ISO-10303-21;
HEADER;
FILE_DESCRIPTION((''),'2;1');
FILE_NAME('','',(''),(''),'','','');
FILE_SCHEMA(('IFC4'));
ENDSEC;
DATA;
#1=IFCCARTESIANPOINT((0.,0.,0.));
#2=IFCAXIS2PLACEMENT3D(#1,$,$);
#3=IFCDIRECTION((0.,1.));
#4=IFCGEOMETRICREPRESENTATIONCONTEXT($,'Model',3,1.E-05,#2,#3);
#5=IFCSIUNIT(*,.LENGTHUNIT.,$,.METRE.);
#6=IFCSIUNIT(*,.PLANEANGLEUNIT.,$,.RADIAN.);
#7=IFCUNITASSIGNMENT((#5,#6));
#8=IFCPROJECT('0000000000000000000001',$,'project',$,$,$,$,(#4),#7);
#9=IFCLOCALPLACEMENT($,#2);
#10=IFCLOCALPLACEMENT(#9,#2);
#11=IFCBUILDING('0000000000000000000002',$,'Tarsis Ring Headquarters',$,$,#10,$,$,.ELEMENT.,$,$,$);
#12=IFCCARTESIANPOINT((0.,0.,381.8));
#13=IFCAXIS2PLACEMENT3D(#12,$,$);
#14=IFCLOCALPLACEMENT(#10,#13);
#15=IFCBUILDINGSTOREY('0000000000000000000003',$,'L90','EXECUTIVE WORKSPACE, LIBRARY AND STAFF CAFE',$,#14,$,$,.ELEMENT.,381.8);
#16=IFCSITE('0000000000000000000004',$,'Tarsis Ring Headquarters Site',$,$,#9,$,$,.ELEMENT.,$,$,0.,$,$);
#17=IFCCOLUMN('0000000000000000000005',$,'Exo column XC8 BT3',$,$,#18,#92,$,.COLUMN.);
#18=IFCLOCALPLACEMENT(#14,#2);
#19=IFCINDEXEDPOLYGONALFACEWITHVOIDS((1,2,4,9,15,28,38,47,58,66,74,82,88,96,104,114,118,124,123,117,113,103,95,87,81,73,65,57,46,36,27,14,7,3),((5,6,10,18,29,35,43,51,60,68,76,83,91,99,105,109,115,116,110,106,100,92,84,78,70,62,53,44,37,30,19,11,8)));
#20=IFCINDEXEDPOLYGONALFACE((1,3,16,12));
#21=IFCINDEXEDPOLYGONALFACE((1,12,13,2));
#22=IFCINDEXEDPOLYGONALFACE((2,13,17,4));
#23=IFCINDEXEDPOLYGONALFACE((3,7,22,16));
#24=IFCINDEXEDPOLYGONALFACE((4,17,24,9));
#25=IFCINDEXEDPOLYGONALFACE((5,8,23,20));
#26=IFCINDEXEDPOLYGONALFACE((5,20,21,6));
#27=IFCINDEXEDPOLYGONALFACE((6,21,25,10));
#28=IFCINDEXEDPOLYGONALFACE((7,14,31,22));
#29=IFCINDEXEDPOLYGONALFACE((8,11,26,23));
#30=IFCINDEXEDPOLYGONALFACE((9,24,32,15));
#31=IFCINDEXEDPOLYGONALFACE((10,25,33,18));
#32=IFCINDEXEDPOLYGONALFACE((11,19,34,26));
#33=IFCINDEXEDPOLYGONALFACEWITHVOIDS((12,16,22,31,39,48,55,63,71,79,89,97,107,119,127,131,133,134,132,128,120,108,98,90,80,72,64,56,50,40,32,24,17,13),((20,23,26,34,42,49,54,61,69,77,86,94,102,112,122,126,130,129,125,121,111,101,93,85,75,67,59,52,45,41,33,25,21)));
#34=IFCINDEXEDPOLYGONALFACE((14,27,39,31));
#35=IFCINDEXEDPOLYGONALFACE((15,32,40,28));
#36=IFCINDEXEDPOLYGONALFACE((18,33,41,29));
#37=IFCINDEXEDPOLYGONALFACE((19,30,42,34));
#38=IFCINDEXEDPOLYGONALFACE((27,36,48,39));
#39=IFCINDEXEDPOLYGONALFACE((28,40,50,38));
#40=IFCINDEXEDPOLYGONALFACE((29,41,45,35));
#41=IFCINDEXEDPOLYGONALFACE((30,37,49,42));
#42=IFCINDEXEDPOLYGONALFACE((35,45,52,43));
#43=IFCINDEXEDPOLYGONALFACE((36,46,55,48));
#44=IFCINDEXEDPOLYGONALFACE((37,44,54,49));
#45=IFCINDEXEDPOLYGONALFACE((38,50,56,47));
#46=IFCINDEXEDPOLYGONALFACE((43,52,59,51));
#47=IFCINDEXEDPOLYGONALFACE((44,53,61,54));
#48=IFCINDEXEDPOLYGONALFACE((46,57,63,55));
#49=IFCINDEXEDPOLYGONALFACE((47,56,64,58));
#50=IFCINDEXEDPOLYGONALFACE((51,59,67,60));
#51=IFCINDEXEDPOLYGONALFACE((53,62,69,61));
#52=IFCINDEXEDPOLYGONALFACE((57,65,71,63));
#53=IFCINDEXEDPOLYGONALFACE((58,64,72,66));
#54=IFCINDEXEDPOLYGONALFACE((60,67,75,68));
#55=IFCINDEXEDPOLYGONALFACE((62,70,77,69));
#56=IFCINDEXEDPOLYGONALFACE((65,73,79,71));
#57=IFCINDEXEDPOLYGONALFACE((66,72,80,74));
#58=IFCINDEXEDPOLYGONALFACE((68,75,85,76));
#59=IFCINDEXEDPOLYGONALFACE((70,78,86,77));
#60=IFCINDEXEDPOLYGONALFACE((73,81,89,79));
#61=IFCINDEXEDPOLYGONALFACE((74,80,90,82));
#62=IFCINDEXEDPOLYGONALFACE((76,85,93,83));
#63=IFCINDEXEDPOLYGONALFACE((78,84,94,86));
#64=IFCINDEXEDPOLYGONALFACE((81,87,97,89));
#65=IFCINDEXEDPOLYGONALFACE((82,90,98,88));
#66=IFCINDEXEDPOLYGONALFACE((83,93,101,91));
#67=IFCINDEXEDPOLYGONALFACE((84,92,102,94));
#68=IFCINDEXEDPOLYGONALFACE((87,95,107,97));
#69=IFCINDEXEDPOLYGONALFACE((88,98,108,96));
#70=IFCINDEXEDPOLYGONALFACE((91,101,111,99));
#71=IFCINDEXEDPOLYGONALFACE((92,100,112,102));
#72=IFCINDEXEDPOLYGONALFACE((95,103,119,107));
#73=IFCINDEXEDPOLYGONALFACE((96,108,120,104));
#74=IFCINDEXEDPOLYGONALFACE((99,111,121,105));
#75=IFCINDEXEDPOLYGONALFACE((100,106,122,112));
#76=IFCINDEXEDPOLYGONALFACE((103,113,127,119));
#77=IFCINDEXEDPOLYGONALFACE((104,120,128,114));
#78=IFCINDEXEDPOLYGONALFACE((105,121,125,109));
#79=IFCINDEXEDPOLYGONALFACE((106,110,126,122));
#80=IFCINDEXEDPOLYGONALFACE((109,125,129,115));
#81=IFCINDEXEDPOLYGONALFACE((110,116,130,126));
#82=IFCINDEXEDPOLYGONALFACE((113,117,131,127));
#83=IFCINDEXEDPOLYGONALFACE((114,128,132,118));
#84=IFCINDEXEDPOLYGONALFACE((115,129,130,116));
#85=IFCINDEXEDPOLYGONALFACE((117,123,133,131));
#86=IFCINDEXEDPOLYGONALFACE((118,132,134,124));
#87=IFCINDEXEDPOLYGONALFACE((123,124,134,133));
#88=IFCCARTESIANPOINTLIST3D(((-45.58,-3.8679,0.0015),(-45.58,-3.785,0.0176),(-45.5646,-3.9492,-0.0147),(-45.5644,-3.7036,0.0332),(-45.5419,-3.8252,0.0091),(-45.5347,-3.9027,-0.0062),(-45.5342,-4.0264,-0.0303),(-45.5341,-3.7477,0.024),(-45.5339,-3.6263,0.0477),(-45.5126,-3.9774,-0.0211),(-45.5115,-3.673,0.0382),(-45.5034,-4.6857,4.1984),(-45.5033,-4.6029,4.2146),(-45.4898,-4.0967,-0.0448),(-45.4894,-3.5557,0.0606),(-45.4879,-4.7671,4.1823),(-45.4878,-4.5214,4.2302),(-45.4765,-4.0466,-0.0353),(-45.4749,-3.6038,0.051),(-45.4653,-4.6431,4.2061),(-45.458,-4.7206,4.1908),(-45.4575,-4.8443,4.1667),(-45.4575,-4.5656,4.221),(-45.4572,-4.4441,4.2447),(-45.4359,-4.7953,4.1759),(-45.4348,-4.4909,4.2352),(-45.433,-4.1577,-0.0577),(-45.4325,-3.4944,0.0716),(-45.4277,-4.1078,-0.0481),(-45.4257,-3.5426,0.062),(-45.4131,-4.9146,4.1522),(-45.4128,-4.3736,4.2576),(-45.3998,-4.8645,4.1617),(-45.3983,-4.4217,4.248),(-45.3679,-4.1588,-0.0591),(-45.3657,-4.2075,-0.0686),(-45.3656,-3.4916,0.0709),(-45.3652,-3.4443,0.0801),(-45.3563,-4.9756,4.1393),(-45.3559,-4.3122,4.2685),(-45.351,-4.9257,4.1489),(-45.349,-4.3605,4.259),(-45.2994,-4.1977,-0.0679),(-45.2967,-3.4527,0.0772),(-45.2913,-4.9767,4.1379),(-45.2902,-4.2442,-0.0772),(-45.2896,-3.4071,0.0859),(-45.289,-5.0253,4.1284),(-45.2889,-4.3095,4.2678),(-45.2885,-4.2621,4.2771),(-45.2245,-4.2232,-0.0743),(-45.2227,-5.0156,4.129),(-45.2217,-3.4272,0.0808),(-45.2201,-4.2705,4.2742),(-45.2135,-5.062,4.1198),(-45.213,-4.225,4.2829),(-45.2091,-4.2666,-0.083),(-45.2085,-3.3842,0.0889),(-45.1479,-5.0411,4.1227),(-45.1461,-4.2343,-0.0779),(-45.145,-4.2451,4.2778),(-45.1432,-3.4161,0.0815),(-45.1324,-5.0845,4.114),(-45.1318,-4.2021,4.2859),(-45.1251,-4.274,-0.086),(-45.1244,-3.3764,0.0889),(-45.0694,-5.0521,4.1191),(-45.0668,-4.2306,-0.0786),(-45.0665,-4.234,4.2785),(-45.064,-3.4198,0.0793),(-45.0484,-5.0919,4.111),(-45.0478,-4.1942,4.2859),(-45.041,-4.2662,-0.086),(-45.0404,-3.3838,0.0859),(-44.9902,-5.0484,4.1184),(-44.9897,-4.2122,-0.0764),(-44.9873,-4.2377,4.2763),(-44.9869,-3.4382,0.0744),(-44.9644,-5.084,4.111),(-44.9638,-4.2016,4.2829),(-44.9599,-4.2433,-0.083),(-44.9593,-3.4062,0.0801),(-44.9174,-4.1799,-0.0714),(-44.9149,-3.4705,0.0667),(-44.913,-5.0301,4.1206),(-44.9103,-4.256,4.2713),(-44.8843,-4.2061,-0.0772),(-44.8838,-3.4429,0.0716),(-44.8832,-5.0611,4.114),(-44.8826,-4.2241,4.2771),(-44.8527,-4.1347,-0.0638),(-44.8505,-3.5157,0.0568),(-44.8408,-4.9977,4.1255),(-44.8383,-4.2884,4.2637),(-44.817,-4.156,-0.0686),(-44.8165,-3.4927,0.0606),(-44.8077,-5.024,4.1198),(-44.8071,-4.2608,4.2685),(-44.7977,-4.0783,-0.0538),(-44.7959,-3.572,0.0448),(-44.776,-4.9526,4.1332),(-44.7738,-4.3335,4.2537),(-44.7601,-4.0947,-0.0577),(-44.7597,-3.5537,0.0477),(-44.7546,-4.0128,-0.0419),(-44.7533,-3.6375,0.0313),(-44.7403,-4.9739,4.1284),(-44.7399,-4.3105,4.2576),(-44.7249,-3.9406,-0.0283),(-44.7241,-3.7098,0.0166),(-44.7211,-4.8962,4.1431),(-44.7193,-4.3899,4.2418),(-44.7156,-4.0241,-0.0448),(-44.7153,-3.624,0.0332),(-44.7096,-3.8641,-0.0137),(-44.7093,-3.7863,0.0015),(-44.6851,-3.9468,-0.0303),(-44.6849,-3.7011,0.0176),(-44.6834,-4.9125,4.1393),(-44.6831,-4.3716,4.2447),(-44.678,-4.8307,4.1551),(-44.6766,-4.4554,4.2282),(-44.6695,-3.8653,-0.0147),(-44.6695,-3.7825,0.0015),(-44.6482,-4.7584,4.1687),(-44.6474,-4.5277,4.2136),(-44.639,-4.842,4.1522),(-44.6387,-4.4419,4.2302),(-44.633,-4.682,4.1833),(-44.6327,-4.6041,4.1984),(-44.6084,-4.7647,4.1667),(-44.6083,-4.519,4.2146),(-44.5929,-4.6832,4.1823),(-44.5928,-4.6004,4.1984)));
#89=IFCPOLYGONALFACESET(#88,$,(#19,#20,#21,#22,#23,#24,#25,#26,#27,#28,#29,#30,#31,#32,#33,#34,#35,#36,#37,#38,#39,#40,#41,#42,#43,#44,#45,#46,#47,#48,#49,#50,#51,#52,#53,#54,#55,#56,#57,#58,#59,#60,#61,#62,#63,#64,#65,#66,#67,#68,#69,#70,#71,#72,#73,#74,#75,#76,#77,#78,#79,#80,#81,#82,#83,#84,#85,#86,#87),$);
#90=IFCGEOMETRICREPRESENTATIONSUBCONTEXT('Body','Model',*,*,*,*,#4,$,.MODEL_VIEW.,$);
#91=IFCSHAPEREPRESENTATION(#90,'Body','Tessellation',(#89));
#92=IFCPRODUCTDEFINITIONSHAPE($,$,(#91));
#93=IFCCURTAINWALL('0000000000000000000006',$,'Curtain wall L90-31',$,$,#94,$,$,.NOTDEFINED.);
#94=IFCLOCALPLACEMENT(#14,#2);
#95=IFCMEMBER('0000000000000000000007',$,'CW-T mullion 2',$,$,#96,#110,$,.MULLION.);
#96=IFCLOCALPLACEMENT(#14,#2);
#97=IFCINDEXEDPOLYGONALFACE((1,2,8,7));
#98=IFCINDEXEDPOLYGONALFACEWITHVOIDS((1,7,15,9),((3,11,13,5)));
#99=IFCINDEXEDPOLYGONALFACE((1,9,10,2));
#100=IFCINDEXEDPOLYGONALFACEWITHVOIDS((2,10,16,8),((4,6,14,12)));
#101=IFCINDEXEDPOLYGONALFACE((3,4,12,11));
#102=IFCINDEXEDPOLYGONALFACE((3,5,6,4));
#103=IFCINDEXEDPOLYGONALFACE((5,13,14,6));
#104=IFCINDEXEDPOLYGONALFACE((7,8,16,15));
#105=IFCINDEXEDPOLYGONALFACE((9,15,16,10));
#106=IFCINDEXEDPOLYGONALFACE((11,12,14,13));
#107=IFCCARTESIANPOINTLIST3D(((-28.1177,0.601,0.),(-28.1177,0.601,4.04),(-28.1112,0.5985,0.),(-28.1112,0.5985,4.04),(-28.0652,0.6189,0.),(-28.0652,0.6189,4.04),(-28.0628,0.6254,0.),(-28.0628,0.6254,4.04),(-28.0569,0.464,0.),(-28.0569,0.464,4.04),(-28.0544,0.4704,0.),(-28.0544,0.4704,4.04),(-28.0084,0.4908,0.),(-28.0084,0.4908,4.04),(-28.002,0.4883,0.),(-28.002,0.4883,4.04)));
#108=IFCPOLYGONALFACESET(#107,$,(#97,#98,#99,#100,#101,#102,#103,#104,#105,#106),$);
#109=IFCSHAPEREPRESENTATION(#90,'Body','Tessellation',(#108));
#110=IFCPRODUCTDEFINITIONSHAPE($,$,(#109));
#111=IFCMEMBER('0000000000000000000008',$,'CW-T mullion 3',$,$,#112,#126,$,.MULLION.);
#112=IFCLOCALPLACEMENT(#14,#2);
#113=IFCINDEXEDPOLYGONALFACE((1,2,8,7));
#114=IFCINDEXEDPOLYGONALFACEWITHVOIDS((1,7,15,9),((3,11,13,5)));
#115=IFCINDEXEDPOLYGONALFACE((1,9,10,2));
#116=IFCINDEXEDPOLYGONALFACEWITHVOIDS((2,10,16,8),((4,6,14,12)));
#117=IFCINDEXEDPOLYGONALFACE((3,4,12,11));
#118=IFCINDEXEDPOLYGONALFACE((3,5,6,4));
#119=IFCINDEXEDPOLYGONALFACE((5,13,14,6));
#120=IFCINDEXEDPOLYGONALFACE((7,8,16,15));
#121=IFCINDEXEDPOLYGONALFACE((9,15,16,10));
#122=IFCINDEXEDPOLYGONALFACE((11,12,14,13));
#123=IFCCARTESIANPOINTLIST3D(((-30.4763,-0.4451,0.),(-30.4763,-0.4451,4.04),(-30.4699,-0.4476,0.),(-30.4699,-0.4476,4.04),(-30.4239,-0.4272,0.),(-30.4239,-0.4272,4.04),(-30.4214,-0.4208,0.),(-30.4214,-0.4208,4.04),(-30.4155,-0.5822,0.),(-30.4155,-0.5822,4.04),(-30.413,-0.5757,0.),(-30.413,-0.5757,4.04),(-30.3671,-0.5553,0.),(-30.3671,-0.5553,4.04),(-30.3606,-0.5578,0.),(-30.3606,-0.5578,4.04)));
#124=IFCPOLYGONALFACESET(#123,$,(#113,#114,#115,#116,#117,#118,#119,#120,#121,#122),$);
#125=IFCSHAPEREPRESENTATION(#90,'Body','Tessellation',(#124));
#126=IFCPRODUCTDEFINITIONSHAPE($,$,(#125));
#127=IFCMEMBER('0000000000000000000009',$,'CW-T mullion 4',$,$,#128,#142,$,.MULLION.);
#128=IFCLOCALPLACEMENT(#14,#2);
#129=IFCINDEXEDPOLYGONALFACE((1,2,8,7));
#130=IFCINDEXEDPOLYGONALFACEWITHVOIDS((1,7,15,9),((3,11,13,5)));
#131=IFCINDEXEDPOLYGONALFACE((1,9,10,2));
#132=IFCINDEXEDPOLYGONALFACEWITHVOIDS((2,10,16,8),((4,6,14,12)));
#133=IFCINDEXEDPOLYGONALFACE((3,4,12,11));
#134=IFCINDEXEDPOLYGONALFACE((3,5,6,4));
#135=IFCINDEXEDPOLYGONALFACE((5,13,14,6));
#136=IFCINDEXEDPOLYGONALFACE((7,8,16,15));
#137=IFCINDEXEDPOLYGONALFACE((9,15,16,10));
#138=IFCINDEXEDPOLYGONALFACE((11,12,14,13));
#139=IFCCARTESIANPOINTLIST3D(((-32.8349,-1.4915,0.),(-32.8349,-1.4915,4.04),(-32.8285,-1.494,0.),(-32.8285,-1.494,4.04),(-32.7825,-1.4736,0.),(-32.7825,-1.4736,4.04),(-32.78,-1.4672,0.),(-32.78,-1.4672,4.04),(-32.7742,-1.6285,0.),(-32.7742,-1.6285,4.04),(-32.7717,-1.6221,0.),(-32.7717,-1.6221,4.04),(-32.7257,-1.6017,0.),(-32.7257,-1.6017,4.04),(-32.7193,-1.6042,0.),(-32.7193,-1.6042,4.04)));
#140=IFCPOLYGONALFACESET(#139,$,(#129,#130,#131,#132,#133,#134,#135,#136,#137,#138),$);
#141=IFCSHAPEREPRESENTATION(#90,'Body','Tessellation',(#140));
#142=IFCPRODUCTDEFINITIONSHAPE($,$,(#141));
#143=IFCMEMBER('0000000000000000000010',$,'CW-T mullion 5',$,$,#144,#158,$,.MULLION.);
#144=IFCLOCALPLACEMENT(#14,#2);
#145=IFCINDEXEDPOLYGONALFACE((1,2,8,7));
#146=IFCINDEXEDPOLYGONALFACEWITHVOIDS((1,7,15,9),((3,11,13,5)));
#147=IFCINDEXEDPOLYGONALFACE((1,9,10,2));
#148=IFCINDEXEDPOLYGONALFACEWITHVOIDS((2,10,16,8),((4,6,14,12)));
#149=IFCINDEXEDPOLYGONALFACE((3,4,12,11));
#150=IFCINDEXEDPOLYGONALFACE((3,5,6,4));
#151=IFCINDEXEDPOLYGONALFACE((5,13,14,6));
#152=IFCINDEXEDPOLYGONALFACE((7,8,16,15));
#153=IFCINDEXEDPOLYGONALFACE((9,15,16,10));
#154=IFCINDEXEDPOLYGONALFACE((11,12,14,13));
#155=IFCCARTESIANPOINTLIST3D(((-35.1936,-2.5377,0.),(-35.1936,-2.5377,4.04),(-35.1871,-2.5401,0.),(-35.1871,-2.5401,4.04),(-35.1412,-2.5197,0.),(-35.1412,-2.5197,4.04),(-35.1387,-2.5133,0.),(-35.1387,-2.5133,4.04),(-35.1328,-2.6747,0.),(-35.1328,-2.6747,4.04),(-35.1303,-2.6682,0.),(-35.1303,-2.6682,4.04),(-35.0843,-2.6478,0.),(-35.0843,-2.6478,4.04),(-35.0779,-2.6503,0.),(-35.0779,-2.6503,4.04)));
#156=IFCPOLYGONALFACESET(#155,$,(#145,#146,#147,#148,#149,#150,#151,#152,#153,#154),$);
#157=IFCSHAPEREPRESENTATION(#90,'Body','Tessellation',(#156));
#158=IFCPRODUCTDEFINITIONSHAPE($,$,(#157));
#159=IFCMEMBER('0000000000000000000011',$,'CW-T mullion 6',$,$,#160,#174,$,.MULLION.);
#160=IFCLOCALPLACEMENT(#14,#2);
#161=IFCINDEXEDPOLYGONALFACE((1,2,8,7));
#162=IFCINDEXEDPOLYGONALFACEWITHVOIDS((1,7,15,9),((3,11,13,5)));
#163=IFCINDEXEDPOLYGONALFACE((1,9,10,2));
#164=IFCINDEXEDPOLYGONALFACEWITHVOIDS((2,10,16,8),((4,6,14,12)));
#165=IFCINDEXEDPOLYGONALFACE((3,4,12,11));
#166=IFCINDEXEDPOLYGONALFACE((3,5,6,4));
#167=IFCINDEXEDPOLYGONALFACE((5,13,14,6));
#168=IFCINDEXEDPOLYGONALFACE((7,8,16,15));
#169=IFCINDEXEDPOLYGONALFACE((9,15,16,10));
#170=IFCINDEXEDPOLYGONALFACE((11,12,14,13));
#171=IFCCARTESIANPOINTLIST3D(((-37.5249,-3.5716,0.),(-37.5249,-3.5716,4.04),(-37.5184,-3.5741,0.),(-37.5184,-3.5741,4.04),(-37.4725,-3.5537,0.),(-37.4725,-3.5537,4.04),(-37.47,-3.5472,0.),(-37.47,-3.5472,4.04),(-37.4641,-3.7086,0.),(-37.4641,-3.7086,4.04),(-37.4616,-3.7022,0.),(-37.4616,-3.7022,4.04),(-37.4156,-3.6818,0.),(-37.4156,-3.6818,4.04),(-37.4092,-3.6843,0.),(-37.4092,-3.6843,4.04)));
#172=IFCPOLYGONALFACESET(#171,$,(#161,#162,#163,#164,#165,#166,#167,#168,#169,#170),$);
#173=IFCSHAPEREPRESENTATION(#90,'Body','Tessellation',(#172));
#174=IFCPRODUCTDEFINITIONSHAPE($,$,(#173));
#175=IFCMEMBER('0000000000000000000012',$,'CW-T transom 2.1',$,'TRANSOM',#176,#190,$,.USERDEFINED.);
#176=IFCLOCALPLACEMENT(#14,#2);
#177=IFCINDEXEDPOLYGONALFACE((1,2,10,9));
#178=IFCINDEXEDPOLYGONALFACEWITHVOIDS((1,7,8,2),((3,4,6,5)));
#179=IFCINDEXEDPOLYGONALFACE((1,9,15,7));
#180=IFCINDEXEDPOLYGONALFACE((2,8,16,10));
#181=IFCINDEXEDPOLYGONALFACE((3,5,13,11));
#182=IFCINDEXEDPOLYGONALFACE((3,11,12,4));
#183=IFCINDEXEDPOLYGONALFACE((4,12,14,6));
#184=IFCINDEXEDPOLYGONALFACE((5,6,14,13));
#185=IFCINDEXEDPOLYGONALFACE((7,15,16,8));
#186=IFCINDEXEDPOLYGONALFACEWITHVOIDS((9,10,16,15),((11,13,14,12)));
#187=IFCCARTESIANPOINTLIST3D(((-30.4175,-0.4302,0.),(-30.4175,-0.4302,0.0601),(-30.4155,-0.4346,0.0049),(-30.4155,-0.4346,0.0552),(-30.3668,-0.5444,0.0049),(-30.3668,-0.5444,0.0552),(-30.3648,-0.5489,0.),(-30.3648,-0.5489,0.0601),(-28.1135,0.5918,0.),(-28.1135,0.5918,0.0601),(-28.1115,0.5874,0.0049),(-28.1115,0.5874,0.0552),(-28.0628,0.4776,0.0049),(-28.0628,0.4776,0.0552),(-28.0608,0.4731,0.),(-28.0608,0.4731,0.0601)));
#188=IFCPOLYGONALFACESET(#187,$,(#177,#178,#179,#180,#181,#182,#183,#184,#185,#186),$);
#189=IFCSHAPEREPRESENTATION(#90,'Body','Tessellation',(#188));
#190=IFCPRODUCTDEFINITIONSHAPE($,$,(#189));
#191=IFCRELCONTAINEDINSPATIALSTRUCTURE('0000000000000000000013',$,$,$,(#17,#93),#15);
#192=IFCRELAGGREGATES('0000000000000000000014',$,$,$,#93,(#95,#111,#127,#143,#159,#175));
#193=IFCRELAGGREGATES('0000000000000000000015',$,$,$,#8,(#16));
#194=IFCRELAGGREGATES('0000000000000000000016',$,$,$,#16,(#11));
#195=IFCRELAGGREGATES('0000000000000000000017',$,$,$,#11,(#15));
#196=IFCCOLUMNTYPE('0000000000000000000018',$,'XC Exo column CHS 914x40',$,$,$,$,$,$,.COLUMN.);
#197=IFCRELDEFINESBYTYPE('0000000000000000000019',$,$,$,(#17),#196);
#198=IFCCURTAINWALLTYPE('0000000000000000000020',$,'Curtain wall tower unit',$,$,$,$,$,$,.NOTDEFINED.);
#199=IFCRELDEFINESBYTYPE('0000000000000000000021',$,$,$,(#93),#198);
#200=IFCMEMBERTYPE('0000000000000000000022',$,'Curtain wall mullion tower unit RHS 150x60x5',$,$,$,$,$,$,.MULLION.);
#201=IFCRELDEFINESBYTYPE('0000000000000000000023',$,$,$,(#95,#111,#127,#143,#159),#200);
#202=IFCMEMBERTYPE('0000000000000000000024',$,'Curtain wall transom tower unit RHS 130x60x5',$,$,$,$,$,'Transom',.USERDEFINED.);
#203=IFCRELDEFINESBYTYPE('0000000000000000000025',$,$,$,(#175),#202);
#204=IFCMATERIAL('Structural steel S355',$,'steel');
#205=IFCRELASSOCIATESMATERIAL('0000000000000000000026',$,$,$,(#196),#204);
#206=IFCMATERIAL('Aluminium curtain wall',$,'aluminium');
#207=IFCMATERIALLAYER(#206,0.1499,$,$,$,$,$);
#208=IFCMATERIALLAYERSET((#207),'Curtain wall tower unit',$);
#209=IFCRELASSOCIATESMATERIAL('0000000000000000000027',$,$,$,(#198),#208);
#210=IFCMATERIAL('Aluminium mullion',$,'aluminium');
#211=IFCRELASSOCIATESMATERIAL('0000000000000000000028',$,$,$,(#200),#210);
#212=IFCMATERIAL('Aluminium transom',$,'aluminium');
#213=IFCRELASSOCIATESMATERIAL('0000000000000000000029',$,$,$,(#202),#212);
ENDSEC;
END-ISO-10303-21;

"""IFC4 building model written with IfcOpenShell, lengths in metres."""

from ifc_helpers import new_model, si_unit, direction, frame, origin, origin_2d, place, context, subcontext, project, spatial, hollow_rectangle, hollow_circle, extrude, material, layer, layer_set, material_profile, profile_set, type_object, element, aggregate, save


model = new_model("IFC4")

# Units and contexts
model_context = context("Model", 3, precision=1e-05, world=origin(), true_north=direction((0.0, 1.0)))
body_context = subcontext(model_context, "Body", "Model", "MODEL_VIEW")
ifc_project = project(units=[si_unit("LENGTHUNIT", "METRE"), si_unit("PLANEANGLEUNIT", "RADIAN")], contexts=[model_context])

# Site, building, storey
site_placement = place(None, origin())
site = spatial("IfcSite", under=ifc_project, at=site_placement, Name="Tarsis Ring Headquarters Site", CompositionType="ELEMENT", RefElevation=0.0)
building_placement = place(site_placement, origin())
building = spatial("IfcBuilding", under=site, at=building_placement, Name="Tarsis Ring Headquarters", CompositionType="ELEMENT")
storey_placement = place(building_placement, frame((0.0, 0.0, 381.8)))
storey = spatial("IfcBuildingStorey", under=building, at=storey_placement, Name="L90", Description="EXECUTIVE WORKSPACE, LIBRARY AND STAFF CAFE", CompositionType="ELEMENT", Elevation=381.8)

# Column
ifc_material_1 = material(Name="Structural steel S355", Category="steel")
ifc_material_profile_1 = material_profile(ifc_material_1, hollow_circle(Radius=0.457, WallThickness=0.04, at=origin_2d()), Name="CHS 914x40")
ifc_profile_set_1 = profile_set([ifc_material_profile_1], Name="Structural steel S355")
column_type = type_object("IfcColumnType", Name="XC Exo column CHS 914x40", PredefinedType="COLUMN", material=ifc_profile_set_1)
column_1_placement = place(storey_placement, frame((-45.1248, -3.8252, 0.0015), z_axis=(0.017925, -0.191241, 0.981379), x_axis=(0.995636, 0.093322, 0.0)))
element("IfcColumn", 1, at=column_1_placement, inside=storey, type_object=column_type, Name="Exo column XC8 BT3", PredefinedType="COLUMN", context=body_context, shape_type="SweptSolid", body=[
    extrude(hollow_circle(Radius=0.4573, WallThickness=0.04, at=origin_2d()), origin(), (0.0, 0.0, 1.0), 4.2766),
])

# Curtain wall, members
ifc_material_2 = material(Name="Aluminium curtain wall", Category="aluminium")
ifc_layer_1 = layer(ifc_material_2, 0.1499)
ifc_layer_set_1 = layer_set([ifc_layer_1], Name="Curtain wall tower unit")
curtain_wall_type = type_object("IfcCurtainWallType", Name="Curtain wall tower unit", PredefinedType="NOTDEFINED", material=ifc_layer_set_1)
curtain_wall_placement = place(storey_placement, origin())
curtain_wall = element("IfcCurtainWall", 2, at=curtain_wall_placement, inside=storey, type_object=curtain_wall_type, Name="Curtain wall L90-31", PredefinedType="NOTDEFINED")
ifc_material_3 = material(Name="Aluminium mullion", Category="aluminium")
ifc_material_profile_2 = material_profile(ifc_material_3, hollow_rectangle(XDim=0.1499, YDim=0.0601, WallThickness=0.0049, at=origin_2d()), Name="RHS 150x60x5")
ifc_profile_set_2 = profile_set([ifc_material_profile_2], Name="Aluminium mullion")
member_type_1 = type_object("IfcMemberType", Name="Curtain wall mullion tower unit RHS 150x60x5", PredefinedType="MULLION", material=ifc_profile_set_2)
member_1_placement = place(storey_placement, frame((-28.0598, 0.5447, 0.0), z_axis=(0.0, 0.0, 1.0), x_axis=(0.405461, -0.914112, 0.0)))
member_1 = element("IfcMember", 3, at=member_1_placement, type_object=member_type_1, Name="CW-T mullion 2", PredefinedType="MULLION", context=body_context, shape_type="SweptSolid", body=[
    extrude(hollow_rectangle(XDim=0.1499, YDim=0.0601, WallThickness=0.0049, at=origin_2d()), origin(), (0.0, 0.0, 1.0), 4.04),
])
member_2_placement = place(storey_placement, frame((-30.4185, -0.5015, 0.0), z_axis=(0.0, 0.0, 1.0), x_axis=(0.405461, -0.914112, 0.0)))
member_2 = element("IfcMember", 4, at=member_2_placement, type_object=member_type_1, Name="CW-T mullion 3", PredefinedType="MULLION", context=body_context, shape_type="SweptSolid", body=[
    extrude(hollow_rectangle(XDim=0.1499, YDim=0.0601, WallThickness=0.0049, at=origin_2d()), origin(), (0.0, 0.0, 1.0), 4.04),
])
member_3_placement = place(storey_placement, frame((-32.7771, -1.5479, 0.0), z_axis=(0.0, 0.0, 1.0), x_axis=(0.405461, -0.914112, 0.0)))
member_3 = element("IfcMember", 5, at=member_3_placement, type_object=member_type_1, Name="CW-T mullion 4", PredefinedType="MULLION", context=body_context, shape_type="SweptSolid", body=[
    extrude(hollow_rectangle(XDim=0.1499, YDim=0.0601, WallThickness=0.0049, at=origin_2d()), origin(), (0.0, 0.0, 1.0), 4.04),
])
member_4_placement = place(storey_placement, frame((-35.1357, -2.594, 0.0), z_axis=(0.0, 0.0, 1.0), x_axis=(0.405461, -0.914112, 0.0)))
member_4 = element("IfcMember", 6, at=member_4_placement, type_object=member_type_1, Name="CW-T mullion 5", PredefinedType="MULLION", context=body_context, shape_type="SweptSolid", body=[
    extrude(hollow_rectangle(XDim=0.1499, YDim=0.0601, WallThickness=0.0049, at=origin_2d()), origin(), (0.0, 0.0, 1.0), 4.04),
])
member_5_placement = place(storey_placement, frame((-37.467, -3.6279, 0.0), z_axis=(0.0, 0.0, 1.0), x_axis=(0.405461, -0.914112, 0.0)))
member_5 = element("IfcMember", 7, at=member_5_placement, type_object=member_type_1, Name="CW-T mullion 6", PredefinedType="MULLION", context=body_context, shape_type="SweptSolid", body=[
    extrude(hollow_rectangle(XDim=0.1499, YDim=0.0601, WallThickness=0.0049, at=origin_2d()), origin(), (0.0, 0.0, 1.0), 4.04),
])
ifc_material_4 = material(Name="Aluminium transom", Category="aluminium")
ifc_material_profile_3 = material_profile(ifc_material_4, hollow_rectangle(XDim=0.1299, YDim=0.0601, WallThickness=0.0049, at=origin_2d()), Name="RHS 130x60x5")
ifc_profile_set_3 = profile_set([ifc_material_profile_3], Name="Aluminium transom")
member_type_2 = type_object("IfcMemberType", Name="Curtain wall transom tower unit RHS 130x60x5", ElementType="Transom", PredefinedType="USERDEFINED", material=ifc_profile_set_3)
member_6_placement = place(storey_placement, frame((-28.0872, 0.5325, 0.03), z_axis=(-0.914107, -0.405473, 0.0), x_axis=(0.405473, -0.914107, 0.0)))
member_6 = element("IfcMember", 8, at=member_6_placement, type_object=member_type_2, Name="CW-T transom 2.1", ObjectType="TRANSOM", PredefinedType="USERDEFINED", context=body_context, shape_type="SweptSolid", body=[
    extrude(hollow_rectangle(XDim=0.1299, YDim=0.0601, WallThickness=0.0049, at=origin_2d()), origin(), (0.0, 0.0, 1.0), 2.5205),
])

aggregate(curtain_wall, [member_1, member_2, member_3, member_4, member_5, member_6])

save(model, "model.ifc")
